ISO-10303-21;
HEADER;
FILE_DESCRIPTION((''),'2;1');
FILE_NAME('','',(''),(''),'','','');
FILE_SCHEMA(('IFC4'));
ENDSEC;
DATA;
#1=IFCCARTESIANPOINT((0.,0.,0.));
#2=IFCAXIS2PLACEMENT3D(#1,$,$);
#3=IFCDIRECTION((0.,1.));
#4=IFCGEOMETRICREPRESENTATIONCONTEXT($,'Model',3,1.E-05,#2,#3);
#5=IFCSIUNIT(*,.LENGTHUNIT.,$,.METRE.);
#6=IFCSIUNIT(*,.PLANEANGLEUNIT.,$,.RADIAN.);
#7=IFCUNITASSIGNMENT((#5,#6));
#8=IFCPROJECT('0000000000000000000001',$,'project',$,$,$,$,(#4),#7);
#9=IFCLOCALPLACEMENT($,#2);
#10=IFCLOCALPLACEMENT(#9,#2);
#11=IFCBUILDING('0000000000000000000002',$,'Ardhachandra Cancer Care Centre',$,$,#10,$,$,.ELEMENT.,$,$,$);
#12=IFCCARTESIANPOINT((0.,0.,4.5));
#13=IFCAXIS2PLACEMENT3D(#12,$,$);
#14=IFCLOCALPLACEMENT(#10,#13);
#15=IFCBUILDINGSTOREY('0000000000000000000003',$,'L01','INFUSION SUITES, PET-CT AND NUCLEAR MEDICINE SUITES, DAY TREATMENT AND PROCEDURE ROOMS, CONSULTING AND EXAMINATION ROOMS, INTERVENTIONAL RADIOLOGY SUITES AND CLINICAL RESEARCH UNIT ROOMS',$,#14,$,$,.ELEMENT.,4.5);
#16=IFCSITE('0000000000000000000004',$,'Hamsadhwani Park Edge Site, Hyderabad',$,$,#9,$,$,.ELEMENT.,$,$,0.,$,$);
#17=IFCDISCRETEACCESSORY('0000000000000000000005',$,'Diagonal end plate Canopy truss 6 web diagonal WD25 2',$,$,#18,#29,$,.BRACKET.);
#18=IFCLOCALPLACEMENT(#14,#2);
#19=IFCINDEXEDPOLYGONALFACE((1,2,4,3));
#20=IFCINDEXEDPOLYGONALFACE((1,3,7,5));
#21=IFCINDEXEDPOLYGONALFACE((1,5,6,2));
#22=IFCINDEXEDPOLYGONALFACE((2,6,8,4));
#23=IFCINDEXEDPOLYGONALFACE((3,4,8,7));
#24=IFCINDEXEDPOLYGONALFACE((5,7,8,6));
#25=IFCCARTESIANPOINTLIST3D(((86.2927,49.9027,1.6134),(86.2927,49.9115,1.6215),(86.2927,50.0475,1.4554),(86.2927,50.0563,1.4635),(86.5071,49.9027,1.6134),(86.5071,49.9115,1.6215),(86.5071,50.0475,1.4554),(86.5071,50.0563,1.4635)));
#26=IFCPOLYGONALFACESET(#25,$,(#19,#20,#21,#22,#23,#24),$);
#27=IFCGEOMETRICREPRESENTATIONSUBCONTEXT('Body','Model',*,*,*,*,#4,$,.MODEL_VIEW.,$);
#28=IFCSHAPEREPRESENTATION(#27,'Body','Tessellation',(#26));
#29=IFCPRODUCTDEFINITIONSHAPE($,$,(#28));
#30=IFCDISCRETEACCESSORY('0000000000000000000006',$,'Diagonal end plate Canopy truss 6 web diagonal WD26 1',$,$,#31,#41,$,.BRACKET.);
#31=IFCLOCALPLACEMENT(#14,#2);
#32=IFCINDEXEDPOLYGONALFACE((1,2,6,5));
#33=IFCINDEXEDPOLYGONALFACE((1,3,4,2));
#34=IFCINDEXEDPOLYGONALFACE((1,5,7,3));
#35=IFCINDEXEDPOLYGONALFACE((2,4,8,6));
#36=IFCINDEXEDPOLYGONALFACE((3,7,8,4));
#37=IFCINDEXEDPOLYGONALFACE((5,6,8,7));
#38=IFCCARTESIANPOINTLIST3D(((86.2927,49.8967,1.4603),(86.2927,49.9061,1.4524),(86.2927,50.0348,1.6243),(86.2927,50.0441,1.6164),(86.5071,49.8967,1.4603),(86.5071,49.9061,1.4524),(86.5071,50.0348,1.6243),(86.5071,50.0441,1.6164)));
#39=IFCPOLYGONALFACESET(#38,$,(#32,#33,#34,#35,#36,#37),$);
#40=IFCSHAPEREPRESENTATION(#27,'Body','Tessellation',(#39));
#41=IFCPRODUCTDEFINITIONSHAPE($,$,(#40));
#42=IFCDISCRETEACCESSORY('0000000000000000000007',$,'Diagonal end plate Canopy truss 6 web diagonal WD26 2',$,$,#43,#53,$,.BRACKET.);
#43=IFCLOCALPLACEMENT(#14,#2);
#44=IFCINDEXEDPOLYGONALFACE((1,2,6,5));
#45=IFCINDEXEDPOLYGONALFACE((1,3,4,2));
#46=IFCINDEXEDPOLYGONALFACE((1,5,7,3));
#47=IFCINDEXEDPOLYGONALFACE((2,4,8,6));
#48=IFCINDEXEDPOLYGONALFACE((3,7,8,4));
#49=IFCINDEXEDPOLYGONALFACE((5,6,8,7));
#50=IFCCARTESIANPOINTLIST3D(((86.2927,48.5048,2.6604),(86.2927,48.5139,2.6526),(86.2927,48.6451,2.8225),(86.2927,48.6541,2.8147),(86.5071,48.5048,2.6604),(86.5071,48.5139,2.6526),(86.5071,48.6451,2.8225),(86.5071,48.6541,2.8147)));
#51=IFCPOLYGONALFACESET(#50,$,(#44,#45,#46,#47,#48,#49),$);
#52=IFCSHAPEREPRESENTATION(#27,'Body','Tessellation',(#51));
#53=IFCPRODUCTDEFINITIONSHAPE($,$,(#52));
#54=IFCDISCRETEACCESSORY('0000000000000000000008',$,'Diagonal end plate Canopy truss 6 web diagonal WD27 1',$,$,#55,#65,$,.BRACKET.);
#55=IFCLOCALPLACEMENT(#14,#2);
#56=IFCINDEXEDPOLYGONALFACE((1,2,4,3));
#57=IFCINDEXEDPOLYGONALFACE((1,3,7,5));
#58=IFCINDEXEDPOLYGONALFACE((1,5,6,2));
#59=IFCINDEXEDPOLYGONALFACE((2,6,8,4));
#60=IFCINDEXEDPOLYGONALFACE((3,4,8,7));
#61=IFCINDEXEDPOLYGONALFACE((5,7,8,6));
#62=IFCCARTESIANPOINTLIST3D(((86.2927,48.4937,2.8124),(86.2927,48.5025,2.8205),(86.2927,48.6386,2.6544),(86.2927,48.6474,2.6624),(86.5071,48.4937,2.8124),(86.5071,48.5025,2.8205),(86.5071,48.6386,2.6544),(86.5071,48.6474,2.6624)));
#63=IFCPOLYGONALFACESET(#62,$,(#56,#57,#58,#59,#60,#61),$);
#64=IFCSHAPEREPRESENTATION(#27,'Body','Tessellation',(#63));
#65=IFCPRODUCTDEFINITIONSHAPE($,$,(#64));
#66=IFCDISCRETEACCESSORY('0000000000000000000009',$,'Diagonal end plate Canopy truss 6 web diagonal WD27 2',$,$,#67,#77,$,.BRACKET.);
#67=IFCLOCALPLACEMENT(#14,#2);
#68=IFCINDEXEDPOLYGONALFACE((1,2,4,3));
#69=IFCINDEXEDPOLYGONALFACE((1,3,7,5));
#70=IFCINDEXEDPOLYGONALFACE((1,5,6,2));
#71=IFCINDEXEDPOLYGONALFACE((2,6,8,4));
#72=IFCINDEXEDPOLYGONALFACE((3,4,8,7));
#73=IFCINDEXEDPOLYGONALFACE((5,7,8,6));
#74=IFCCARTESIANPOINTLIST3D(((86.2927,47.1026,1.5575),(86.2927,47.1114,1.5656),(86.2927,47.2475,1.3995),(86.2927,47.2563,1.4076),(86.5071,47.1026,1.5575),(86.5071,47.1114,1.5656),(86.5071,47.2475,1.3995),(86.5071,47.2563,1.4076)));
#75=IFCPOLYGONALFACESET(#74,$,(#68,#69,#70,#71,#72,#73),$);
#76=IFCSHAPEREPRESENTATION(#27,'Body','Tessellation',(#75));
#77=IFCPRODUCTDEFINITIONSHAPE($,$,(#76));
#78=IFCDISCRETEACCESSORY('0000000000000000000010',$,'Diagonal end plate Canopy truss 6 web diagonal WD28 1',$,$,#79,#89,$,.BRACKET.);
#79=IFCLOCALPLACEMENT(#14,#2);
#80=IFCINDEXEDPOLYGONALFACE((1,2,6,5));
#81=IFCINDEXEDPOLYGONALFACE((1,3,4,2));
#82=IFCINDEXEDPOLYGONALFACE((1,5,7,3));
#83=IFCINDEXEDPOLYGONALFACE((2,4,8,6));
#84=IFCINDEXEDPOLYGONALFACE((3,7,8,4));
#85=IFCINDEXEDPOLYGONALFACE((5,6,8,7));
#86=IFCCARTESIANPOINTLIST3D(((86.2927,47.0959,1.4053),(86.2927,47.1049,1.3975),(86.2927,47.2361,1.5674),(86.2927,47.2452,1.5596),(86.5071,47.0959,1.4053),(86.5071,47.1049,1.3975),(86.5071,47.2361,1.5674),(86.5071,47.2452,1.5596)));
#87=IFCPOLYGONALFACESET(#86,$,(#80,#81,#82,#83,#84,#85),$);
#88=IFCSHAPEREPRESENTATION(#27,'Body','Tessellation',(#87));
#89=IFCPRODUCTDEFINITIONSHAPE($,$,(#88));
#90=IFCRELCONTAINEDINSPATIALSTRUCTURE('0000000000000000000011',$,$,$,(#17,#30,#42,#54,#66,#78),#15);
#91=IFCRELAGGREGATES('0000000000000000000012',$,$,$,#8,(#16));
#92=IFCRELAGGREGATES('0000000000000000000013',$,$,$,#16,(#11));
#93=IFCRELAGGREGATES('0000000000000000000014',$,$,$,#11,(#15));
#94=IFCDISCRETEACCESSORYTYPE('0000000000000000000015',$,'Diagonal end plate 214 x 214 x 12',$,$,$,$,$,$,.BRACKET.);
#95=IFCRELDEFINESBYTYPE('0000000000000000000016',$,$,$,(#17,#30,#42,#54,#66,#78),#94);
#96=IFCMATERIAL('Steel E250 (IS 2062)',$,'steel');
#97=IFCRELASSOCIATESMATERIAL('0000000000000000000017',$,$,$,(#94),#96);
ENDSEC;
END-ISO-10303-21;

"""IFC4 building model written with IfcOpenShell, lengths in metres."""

from ifc_helpers import new_model, si_unit, direction, frame, origin, origin_2d, place, context, subcontext, project, spatial, rectangle, extrude, material, material_profile, profile_set, type_object, element, save


model = new_model("IFC4")

# Units and contexts
model_context = context("Model", 3, precision=1e-05, world=origin(), true_north=direction((0.0, 1.0)))
body_context = subcontext(model_context, "Body", "Model", "MODEL_VIEW")
ifc_project = project(units=[si_unit("LENGTHUNIT", "METRE"), si_unit("PLANEANGLEUNIT", "RADIAN")], contexts=[model_context])

# Site, building, storey
site_placement = place(None, origin())
site = spatial("IfcSite", under=ifc_project, at=site_placement, Name="Hamsadhwani Park Edge Site, Hyderabad", CompositionType="ELEMENT", RefElevation=0.0)
building_placement = place(site_placement, origin())
building = spatial("IfcBuilding", under=site, at=building_placement, Name="Ardhachandra Cancer Care Centre", CompositionType="ELEMENT")
storey_placement = place(building_placement, frame((0.0, 0.0, 4.5)))
storey = spatial("IfcBuildingStorey", under=building, at=storey_placement, Name="L01", Description="INFUSION SUITES, PET-CT AND NUCLEAR MEDICINE SUITES, DAY TREATMENT AND PROCEDURE ROOMS, CONSULTING AND EXAMINATION ROOMS, INTERVENTIONAL RADIOLOGY SUITES AND CLINICAL RESEARCH UNIT ROOMS", CompositionType="ELEMENT", Elevation=4.5)

# Discrete accessories
ifc_material_1 = material(Name="Steel E250 (IS 2062)", Category="steel")
ifc_material_profile_1 = material_profile(ifc_material_1, rectangle(XDim=0.2144, YDim=0.2144, at=origin_2d()), Name="PL 214x214x12")
ifc_profile_set_1 = profile_set([ifc_material_profile_1], Name="Steel E250 (IS 2062)")
discrete_accessory_type = type_object("IfcDiscreteAccessoryType", Name="Diagonal end plate 214 x 214 x 12", PredefinedType="BRACKET", material=ifc_profile_set_1)
for number, where, z_axis, x_axis, name in (
    (1, (86.3999, 49.9751, 1.5344), (0.0, 0.737154, 0.675725), (-1.0, 0.0, 0.0), "Diagonal end plate Canopy truss 6 web diagonal WD25 2"),
):
    element("IfcDiscreteAccessory", number, at=place(storey_placement, frame(where, z_axis=z_axis, x_axis=x_axis)), inside=storey, type_object=discrete_accessory_type, Name=name, PredefinedType="BRACKET", context=body_context, shape_type="SweptSolid", body=[
        extrude(rectangle(XDim=0.2144, YDim=0.2144, at=origin_2d()), origin(), (0.0, 0.0, 1.0), 0.012),
    ])
discrete_accessory_1_placement = place(storey_placement, frame((86.3999, 49.9751, 1.5344), z_axis=(0.0, -0.764911, 0.644136), x_axis=(1.0, 0.0, 0.0)))
element("IfcDiscreteAccessory", 2, at=discrete_accessory_1_placement, inside=storey, type_object=discrete_accessory_type, Name="Diagonal end plate Canopy truss 6 web diagonal WD26 1", PredefinedType="BRACKET", context=body_context, shape_type="SweptSolid", body=[
    extrude(rectangle(XDim=0.2144, YDim=0.2144, at=origin_2d()), origin(), (0.0, 0.0, 1.0), 0.0122),
])
for number, where, z_axis, x_axis, name in (
    (3, (86.3999, 48.575, 2.7415), (0.0, 0.756363, -0.654152), (-1.0, 0.0, 0.0), "Diagonal end plate Canopy truss 6 web diagonal WD26 2"),
    (4, (86.3999, 48.575, 2.7415), (0.0, -0.737154, -0.675725), (1.0, 0.0, 0.0), "Diagonal end plate Canopy truss 6 web diagonal WD27 1"),
    (5, (86.3999, 47.175, 1.4785), (0.0, 0.737154, 0.675725), (-1.0, 0.0, 0.0), "Diagonal end plate Canopy truss 6 web diagonal WD27 2"),
    (6, (86.3999, 47.175, 1.4785), (0.0, -0.756363, 0.654152), (1.0, 0.0, 0.0), "Diagonal end plate Canopy truss 6 web diagonal WD28 1"),
):
    element("IfcDiscreteAccessory", number, at=place(storey_placement, frame(where, z_axis=z_axis, x_axis=x_axis)), inside=storey, type_object=discrete_accessory_type, Name=name, PredefinedType="BRACKET", context=body_context, shape_type="SweptSolid", body=[
        extrude(rectangle(XDim=0.2144, YDim=0.2144, at=origin_2d()), origin(), (0.0, 0.0, 1.0), 0.012),
    ])

save(model, "model.ifc")
